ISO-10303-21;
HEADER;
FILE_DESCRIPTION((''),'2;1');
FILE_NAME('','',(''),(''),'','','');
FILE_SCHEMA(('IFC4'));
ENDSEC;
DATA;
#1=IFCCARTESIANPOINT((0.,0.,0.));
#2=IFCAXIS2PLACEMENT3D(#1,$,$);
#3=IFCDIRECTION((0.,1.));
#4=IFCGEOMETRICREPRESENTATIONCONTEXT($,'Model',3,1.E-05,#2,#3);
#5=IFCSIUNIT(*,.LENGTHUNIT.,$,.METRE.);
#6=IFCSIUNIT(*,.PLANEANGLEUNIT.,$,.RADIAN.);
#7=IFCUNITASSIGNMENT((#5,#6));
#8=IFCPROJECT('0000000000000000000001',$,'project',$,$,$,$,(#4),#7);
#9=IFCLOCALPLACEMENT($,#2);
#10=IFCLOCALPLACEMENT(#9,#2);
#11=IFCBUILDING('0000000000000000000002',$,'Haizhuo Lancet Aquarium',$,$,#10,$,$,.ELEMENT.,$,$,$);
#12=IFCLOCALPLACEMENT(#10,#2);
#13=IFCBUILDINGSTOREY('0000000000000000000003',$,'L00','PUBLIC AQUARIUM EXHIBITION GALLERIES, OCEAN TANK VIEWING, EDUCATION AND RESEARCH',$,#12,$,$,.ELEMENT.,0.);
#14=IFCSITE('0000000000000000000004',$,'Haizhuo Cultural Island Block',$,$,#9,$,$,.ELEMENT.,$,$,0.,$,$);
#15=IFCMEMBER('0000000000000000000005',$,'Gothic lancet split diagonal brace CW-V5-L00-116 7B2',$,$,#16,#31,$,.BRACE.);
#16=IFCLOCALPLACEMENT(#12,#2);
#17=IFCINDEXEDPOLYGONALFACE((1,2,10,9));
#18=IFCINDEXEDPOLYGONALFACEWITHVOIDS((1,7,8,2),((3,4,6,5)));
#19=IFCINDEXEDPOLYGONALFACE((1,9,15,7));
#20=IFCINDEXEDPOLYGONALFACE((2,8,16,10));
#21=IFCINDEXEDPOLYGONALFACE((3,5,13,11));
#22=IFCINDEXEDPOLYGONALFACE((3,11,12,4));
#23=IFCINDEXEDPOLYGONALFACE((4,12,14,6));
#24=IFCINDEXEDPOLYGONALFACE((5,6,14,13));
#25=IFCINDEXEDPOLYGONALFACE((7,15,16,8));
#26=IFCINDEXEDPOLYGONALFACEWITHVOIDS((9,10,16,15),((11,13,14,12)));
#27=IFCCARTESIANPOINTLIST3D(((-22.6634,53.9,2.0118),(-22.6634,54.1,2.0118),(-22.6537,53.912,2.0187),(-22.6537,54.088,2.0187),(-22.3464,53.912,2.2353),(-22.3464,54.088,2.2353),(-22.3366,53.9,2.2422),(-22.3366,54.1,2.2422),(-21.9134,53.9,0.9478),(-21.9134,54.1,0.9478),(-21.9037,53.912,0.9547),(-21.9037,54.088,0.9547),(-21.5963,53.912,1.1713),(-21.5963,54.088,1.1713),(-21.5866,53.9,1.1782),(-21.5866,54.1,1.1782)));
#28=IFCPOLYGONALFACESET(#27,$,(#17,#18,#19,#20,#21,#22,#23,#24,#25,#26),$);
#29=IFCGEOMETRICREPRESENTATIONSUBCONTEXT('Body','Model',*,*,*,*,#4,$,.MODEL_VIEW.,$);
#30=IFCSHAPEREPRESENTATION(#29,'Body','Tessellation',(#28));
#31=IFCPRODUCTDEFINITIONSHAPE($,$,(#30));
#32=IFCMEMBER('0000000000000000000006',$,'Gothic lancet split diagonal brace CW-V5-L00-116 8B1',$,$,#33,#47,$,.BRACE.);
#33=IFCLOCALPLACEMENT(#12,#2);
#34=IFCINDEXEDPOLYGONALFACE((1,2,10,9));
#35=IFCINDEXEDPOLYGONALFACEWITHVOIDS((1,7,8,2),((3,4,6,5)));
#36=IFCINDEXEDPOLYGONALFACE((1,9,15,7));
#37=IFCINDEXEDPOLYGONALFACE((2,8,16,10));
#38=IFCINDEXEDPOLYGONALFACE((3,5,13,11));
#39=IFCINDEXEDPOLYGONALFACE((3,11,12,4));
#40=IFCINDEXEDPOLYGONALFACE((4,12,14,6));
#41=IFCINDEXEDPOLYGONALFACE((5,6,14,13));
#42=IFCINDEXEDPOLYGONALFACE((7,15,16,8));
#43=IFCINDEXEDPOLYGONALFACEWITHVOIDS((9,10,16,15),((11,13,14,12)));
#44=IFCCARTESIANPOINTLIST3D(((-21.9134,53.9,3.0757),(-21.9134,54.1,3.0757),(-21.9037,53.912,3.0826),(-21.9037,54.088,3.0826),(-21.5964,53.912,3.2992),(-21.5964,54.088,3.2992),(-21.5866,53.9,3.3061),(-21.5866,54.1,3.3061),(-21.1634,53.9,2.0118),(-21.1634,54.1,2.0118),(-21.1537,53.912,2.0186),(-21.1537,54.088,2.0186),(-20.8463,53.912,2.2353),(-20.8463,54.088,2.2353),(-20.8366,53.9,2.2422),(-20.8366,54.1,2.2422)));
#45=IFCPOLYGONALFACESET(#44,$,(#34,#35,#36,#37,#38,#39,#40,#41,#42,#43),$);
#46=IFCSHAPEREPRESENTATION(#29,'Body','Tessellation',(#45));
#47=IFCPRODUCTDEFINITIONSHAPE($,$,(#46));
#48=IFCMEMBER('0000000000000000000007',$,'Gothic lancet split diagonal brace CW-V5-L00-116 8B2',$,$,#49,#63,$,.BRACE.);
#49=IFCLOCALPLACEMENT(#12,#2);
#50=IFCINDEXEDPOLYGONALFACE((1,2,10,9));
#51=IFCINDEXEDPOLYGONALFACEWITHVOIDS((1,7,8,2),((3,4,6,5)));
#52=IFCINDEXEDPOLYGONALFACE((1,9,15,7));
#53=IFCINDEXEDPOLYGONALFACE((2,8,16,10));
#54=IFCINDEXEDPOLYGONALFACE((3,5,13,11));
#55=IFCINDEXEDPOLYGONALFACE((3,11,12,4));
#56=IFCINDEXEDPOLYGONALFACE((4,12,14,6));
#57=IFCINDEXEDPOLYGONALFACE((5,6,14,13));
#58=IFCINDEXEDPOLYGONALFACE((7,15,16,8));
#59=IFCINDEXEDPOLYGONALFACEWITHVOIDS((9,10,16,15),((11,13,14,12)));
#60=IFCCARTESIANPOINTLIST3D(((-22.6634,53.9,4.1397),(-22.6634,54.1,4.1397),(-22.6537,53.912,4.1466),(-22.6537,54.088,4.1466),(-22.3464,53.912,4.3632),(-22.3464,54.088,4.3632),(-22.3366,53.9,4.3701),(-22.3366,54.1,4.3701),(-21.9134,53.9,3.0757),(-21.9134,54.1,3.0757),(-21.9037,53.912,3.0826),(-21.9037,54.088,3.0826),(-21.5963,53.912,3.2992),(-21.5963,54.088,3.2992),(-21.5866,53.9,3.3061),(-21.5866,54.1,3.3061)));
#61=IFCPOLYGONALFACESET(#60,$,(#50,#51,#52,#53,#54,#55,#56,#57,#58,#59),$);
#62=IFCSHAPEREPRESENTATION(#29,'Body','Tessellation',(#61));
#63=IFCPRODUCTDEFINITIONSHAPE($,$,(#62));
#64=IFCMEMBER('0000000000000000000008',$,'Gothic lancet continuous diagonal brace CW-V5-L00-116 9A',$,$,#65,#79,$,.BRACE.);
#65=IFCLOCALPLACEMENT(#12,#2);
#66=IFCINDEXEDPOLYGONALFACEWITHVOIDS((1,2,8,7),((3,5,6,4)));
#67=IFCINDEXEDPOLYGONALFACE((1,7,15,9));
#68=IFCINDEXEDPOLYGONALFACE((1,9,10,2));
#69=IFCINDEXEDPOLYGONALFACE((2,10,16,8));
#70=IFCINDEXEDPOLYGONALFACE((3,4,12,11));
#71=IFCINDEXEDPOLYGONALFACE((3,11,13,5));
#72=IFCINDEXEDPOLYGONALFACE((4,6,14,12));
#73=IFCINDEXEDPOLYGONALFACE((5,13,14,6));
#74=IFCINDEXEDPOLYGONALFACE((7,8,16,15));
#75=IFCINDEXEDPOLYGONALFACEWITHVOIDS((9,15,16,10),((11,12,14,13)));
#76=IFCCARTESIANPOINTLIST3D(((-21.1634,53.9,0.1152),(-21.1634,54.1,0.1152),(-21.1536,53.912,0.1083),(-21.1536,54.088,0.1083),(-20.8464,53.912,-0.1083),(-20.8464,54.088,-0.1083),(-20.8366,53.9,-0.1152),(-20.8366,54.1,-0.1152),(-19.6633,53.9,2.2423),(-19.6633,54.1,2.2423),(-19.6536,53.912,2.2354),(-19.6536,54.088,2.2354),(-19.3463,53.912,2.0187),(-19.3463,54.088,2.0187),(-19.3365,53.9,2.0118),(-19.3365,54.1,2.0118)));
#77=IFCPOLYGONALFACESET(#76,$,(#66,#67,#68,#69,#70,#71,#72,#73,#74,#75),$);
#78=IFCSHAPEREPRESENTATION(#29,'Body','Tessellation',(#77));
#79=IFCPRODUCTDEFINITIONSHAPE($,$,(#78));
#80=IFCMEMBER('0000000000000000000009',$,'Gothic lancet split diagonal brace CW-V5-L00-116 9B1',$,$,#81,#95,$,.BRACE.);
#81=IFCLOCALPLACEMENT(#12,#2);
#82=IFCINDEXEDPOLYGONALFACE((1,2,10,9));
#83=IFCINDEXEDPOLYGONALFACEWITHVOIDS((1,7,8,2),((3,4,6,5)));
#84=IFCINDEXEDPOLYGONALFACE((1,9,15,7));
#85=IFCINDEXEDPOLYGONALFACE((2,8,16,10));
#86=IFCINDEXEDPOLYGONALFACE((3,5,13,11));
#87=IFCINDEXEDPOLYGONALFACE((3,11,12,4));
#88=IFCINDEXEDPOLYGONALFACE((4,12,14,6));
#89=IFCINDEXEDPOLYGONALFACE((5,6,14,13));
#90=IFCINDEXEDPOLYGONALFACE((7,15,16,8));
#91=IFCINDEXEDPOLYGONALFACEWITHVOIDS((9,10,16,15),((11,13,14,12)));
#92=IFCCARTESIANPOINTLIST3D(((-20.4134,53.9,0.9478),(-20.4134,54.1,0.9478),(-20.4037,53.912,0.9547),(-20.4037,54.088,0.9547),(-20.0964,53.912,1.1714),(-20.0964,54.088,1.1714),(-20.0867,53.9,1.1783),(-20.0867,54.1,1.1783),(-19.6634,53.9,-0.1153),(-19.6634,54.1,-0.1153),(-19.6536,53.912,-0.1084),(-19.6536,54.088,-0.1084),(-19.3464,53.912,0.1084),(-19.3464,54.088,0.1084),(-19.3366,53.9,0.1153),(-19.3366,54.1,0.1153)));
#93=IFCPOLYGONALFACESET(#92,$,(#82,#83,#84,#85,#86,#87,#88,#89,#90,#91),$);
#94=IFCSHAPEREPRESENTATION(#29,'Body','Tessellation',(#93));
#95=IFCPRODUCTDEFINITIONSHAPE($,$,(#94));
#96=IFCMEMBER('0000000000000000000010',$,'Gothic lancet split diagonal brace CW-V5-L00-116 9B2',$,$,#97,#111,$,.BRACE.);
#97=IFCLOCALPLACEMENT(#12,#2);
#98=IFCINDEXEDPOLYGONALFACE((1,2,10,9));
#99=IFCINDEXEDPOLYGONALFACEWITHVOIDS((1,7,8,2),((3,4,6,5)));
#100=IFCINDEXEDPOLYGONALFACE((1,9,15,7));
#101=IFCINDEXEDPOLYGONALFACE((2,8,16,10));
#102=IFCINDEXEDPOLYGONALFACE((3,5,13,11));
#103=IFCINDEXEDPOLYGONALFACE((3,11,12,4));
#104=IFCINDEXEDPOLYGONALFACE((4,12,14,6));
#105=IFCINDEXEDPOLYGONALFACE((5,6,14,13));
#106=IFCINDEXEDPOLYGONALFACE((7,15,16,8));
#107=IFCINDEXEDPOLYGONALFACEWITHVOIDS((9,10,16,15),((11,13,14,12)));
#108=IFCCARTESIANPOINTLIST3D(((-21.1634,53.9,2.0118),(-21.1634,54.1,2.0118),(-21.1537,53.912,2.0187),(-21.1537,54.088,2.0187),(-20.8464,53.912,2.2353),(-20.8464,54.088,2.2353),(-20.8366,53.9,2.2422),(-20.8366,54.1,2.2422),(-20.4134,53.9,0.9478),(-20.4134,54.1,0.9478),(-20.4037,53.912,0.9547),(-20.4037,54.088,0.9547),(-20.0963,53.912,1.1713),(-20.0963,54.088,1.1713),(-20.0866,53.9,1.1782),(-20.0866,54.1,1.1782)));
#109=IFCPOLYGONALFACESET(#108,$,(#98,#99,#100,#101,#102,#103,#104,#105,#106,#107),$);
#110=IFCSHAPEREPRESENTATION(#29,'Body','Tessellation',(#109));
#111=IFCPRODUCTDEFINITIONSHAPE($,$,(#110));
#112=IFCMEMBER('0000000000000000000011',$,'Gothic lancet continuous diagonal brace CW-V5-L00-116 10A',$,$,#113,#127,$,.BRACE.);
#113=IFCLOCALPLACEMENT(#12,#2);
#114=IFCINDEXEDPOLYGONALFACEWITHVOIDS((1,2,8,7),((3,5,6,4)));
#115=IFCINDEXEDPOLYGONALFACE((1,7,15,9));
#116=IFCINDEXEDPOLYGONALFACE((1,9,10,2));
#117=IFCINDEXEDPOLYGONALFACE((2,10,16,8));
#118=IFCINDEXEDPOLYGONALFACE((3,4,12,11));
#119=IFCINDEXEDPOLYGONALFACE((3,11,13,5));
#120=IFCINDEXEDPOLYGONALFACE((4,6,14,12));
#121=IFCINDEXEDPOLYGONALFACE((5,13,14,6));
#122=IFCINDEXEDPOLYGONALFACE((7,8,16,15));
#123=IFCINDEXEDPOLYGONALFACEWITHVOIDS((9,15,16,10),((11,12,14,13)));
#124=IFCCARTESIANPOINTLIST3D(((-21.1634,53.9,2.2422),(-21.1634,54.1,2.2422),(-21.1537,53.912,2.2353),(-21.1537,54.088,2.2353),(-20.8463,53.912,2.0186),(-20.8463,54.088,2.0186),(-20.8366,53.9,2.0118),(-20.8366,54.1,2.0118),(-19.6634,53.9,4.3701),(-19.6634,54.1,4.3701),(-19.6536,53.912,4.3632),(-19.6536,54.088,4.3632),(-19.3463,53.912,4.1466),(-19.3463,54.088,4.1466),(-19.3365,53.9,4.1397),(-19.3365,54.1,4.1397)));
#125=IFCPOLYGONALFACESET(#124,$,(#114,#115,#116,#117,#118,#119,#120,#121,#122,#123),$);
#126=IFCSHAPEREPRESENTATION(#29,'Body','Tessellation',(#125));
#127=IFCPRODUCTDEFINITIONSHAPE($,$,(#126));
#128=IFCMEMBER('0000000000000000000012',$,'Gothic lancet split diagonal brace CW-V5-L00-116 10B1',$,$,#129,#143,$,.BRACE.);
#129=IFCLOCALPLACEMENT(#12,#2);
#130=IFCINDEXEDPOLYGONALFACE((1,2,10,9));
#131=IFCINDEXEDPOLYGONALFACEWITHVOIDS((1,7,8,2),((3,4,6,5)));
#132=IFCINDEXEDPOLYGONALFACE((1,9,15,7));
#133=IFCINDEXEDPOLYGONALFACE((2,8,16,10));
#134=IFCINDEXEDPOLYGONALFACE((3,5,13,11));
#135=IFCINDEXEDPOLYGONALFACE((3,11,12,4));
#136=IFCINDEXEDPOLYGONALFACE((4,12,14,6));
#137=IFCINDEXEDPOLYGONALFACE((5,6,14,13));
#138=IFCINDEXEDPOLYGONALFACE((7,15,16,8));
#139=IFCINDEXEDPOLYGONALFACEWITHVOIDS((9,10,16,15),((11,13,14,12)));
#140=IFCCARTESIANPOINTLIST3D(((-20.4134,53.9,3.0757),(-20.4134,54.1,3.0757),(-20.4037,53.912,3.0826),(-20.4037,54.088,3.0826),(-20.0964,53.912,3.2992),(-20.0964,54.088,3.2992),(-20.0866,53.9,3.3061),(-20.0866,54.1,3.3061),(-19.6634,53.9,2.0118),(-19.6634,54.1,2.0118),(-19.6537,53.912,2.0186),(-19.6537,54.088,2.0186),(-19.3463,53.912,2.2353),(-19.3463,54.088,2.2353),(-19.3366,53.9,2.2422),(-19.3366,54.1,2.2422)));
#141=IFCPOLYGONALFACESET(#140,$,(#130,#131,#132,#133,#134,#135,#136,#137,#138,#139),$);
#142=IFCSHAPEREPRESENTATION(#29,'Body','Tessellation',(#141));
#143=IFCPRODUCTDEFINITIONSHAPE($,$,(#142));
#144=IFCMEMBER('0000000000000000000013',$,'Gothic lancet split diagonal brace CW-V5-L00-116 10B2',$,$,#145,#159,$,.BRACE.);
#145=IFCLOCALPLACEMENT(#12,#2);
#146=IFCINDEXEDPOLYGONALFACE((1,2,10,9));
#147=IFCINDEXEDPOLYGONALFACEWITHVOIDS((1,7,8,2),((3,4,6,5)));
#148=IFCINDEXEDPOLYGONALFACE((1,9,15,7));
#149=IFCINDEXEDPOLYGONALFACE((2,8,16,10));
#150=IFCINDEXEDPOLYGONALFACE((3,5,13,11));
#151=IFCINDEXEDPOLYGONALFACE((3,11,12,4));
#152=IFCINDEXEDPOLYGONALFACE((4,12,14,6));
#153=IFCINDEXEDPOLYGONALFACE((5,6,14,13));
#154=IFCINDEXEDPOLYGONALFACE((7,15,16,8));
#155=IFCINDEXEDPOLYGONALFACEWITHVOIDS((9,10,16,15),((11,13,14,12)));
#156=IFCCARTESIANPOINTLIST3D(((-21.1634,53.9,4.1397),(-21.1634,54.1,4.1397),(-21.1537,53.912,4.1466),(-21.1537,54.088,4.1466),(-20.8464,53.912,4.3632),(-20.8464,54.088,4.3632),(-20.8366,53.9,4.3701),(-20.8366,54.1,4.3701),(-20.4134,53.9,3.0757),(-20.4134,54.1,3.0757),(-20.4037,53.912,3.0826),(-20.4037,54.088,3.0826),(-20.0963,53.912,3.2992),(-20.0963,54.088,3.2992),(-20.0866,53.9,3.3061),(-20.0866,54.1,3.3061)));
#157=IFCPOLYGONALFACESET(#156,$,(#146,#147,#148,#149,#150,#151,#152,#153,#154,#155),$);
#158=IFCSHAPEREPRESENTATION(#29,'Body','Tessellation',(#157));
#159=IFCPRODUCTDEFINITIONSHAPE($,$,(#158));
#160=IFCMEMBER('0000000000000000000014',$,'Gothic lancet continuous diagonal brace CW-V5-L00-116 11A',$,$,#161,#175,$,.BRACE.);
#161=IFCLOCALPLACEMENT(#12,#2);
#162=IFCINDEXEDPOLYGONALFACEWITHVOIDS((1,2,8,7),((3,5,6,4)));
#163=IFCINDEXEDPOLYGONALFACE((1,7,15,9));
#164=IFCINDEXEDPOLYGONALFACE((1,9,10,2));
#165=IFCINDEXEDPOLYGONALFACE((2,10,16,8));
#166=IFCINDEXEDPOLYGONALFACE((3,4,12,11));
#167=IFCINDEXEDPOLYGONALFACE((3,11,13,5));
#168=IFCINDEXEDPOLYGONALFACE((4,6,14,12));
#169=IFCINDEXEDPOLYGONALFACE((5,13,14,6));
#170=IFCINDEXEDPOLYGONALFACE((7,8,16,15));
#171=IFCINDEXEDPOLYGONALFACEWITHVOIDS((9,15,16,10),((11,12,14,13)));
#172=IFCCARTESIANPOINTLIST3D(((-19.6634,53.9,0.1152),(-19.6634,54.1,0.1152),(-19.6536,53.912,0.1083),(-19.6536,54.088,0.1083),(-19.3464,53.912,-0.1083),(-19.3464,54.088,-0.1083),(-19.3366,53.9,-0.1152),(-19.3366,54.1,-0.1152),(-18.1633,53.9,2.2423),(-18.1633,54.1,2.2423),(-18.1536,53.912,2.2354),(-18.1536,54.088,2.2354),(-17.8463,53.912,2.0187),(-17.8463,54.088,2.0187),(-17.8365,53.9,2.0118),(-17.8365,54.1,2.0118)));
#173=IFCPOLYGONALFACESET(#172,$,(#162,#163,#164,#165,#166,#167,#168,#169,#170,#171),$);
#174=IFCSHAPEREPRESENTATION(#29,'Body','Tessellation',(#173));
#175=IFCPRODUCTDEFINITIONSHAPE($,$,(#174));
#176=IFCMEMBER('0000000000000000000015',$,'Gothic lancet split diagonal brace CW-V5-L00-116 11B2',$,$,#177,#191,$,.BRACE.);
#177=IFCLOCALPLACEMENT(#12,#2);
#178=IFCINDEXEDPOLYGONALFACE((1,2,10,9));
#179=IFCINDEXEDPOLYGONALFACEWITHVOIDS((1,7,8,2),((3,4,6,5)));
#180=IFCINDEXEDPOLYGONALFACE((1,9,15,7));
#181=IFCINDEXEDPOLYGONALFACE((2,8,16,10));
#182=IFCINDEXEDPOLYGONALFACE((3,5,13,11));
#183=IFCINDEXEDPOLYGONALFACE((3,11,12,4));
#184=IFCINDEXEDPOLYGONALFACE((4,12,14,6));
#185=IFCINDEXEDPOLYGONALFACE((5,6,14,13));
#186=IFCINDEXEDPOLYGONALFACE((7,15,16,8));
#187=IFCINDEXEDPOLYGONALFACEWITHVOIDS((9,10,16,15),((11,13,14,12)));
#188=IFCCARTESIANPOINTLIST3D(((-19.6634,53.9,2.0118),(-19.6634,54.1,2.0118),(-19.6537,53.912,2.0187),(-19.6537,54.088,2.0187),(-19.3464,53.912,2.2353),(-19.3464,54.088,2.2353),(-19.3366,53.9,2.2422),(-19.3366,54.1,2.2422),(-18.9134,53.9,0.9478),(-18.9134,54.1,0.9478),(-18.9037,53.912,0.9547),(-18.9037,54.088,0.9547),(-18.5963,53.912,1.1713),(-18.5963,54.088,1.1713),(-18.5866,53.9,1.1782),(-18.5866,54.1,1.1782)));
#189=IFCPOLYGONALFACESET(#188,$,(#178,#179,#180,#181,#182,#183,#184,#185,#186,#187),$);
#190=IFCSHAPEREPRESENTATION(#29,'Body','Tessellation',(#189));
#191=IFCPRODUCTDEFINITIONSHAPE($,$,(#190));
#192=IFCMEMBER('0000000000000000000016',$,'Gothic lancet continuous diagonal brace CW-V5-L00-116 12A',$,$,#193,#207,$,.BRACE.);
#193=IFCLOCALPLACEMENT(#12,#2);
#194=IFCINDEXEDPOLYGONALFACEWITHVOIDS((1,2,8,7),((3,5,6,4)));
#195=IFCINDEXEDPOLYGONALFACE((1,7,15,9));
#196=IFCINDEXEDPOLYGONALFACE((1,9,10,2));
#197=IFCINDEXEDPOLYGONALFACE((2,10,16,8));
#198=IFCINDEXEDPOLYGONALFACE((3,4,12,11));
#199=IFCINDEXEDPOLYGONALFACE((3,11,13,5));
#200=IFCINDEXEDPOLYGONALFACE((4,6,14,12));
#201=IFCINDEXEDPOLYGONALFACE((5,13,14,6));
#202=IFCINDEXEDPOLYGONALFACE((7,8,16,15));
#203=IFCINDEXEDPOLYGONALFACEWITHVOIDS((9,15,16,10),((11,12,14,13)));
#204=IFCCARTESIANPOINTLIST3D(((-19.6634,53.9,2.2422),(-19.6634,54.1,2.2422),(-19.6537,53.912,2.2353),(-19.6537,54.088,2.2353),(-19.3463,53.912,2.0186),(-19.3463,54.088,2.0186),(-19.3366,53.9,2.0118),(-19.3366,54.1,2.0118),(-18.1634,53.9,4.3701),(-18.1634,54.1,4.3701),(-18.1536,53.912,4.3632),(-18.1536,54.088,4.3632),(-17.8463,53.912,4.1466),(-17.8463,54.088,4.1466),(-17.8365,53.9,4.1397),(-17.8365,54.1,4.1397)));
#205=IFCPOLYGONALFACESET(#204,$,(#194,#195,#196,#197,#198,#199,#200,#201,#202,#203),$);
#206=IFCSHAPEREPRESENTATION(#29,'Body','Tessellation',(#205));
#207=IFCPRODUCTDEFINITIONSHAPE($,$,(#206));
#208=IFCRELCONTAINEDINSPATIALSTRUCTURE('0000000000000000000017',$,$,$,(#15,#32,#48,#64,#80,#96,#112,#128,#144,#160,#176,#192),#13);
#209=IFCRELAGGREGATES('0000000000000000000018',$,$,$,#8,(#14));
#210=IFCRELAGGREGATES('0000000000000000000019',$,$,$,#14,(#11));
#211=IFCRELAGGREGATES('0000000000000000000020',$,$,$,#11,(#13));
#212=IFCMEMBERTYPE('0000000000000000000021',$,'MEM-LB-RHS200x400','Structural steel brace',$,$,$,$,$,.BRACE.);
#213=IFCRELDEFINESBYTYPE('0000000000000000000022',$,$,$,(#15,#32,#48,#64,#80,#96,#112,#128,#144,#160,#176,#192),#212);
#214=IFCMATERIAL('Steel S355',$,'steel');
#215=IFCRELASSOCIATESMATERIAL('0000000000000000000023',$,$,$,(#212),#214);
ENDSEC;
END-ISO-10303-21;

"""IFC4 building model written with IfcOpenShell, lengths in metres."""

from ifc_helpers import new_model, si_unit, direction, frame, origin, origin_2d, place, context, subcontext, project, spatial, hollow_rectangle, extrude, material, material_profile, profile_set, type_object, element, save


model = new_model("IFC4")

# Units and contexts
model_context = context("Model", 3, precision=1e-05, world=origin(), true_north=direction((0.0, 1.0)))
body_context = subcontext(model_context, "Body", "Model", "MODEL_VIEW")
ifc_project = project(units=[si_unit("LENGTHUNIT", "METRE"), si_unit("PLANEANGLEUNIT", "RADIAN")], contexts=[model_context])

# Site, building, storey
site_placement = place(None, origin())
site = spatial("IfcSite", under=ifc_project, at=site_placement, Name="Haizhuo Cultural Island Block", CompositionType="ELEMENT", RefElevation=0.0)
building_placement = place(site_placement, origin())
building = spatial("IfcBuilding", under=site, at=building_placement, Name="Haizhuo Lancet Aquarium", CompositionType="ELEMENT")
storey_placement = place(building_placement, origin())
storey = spatial("IfcBuildingStorey", under=building, at=storey_placement, Name="L00", Description="PUBLIC AQUARIUM EXHIBITION GALLERIES, OCEAN TANK VIEWING, EDUCATION AND RESEARCH", CompositionType="ELEMENT", Elevation=0.0)

# Members
ifc_material_1 = material(Name="Steel S355", Category="steel")
ifc_material_profile_1 = material_profile(ifc_material_1, hollow_rectangle(XDim=0.2, YDim=0.3999, WallThickness=0.012, at=origin_2d()), Name="RHS 200x400x12")
ifc_profile_set_1 = profile_set([ifc_material_profile_1], Name="Steel S355")
member_type_1 = type_object("IfcMemberType", Name="MEM-LB-RHS200x400", Description="Structural steel brace", PredefinedType="BRACE", material=ifc_profile_set_1)
for number, where, z_axis, x_axis, name in (
    (1, (-21.75, 54.0, 1.063), (-0.576153, 0.0, 0.817342), (0.0, -1.0, 0.0), "Gothic lancet split diagonal brace CW-V5-L00-116 7B2"),
    (2, (-21.0, 54.0, 2.127), (-0.576153, 0.0, 0.817342), (0.0, -1.0, 0.0), "Gothic lancet split diagonal brace CW-V5-L00-116 8B1"),
    (3, (-21.75, 54.0, 3.1909), (-0.576153, 0.0, 0.817342), (0.0, -1.0, 0.0), "Gothic lancet split diagonal brace CW-V5-L00-116 8B2"),
):
    element("IfcMember", number, at=place(storey_placement, frame(where, z_axis=z_axis, x_axis=x_axis)), inside=storey, type_object=member_type_1, Name=name, PredefinedType="BRACE", context=body_context, shape_type="SweptSolid", body=[
        extrude(hollow_rectangle(XDim=0.2, YDim=0.3999, WallThickness=0.012, at=origin_2d()), origin(), (0.0, 0.0, 1.0), 1.3018),
    ])
member_1_placement = place(storey_placement, frame((-21.0, 54.0, 0.0), z_axis=(0.57633, 0.0, 0.817217), x_axis=(0.0, 1.0, 0.0)))
element("IfcMember", 4, at=member_1_placement, inside=storey, type_object=member_type_1, Name="Gothic lancet continuous diagonal brace CW-V5-L00-116 9A", PredefinedType="BRACE", context=body_context, shape_type="SweptSolid", body=[
    extrude(hollow_rectangle(XDim=0.2, YDim=0.3999, WallThickness=0.012, at=origin_2d()), origin(), (0.0, 0.0, 1.0), 2.6028),
])
member_2_placement = place(storey_placement, frame((-19.5, 54.0, 0.0), z_axis=(-0.576506, 0.0, 0.817093), x_axis=(0.0, -1.0, 0.0)))
element("IfcMember", 5, at=member_2_placement, inside=storey, type_object=member_type_1, Name="Gothic lancet split diagonal brace CW-V5-L00-116 9B1", PredefinedType="BRACE", context=body_context, shape_type="SweptSolid", body=[
    extrude(hollow_rectangle(XDim=0.2, YDim=0.3999, WallThickness=0.012, at=origin_2d()), origin(), (0.0, 0.0, 1.0), 1.301),
])
member_3_placement = place(storey_placement, frame((-20.25, 54.0, 1.063), z_axis=(-0.576153, 0.0, 0.817342), x_axis=(0.0, -1.0, 0.0)))
element("IfcMember", 6, at=member_3_placement, inside=storey, type_object=member_type_1, Name="Gothic lancet split diagonal brace CW-V5-L00-116 9B2", PredefinedType="BRACE", context=body_context, shape_type="SweptSolid", body=[
    extrude(hollow_rectangle(XDim=0.2, YDim=0.3999, WallThickness=0.012, at=origin_2d()), origin(), (0.0, 0.0, 1.0), 1.3018),
])
member_4_placement = place(storey_placement, frame((-21.0, 54.0, 2.127), z_axis=(0.576153, 0.0, 0.817342), x_axis=(0.0, 1.0, 0.0)))
element("IfcMember", 7, at=member_4_placement, inside=storey, type_object=member_type_1, Name="Gothic lancet continuous diagonal brace CW-V5-L00-116 10A", PredefinedType="BRACE", context=body_context, shape_type="SweptSolid", body=[
    extrude(hollow_rectangle(XDim=0.2, YDim=0.3999, WallThickness=0.012, at=origin_2d()), origin(), (0.0, 0.0, 1.0), 2.6035),
])
for number, where, z_axis, x_axis, name in (
    (8, (-19.5, 54.0, 2.127), (-0.576153, 0.0, 0.817342), (0.0, -1.0, 0.0), "Gothic lancet split diagonal brace CW-V5-L00-116 10B1"),
    (9, (-20.25, 54.0, 3.1909), (-0.576153, 0.0, 0.817342), (0.0, -1.0, 0.0), "Gothic lancet split diagonal brace CW-V5-L00-116 10B2"),
):
    element("IfcMember", number, at=place(storey_placement, frame(where, z_axis=z_axis, x_axis=x_axis)), inside=storey, type_object=member_type_1, Name=name, PredefinedType="BRACE", context=body_context, shape_type="SweptSolid", body=[
        extrude(hollow_rectangle(XDim=0.2, YDim=0.3999, WallThickness=0.012, at=origin_2d()), origin(), (0.0, 0.0, 1.0), 1.3018),
    ])
member_5_placement = place(storey_placement, frame((-19.5, 54.0, 0.0), z_axis=(0.57633, 0.0, 0.817217), x_axis=(0.0, 1.0, 0.0)))
element("IfcMember", 10, at=member_5_placement, inside=storey, type_object=member_type_1, Name="Gothic lancet continuous diagonal brace CW-V5-L00-116 11A", PredefinedType="BRACE", context=body_context, shape_type="SweptSolid", body=[
    extrude(hollow_rectangle(XDim=0.2, YDim=0.3999, WallThickness=0.012, at=origin_2d()), origin(), (0.0, 0.0, 1.0), 2.6028),
])
member_6_placement = place(storey_placement, frame((-18.75, 54.0, 1.063), z_axis=(-0.576153, 0.0, 0.817342), x_axis=(0.0, -1.0, 0.0)))
element("IfcMember", 11, at=member_6_placement, inside=storey, type_object=member_type_1, Name="Gothic lancet split diagonal brace CW-V5-L00-116 11B2", PredefinedType="BRACE", context=body_context, shape_type="SweptSolid", body=[
    extrude(hollow_rectangle(XDim=0.2, YDim=0.3999, WallThickness=0.012, at=origin_2d()), origin(), (0.0, 0.0, 1.0), 1.3018),
])
member_7_placement = place(storey_placement, frame((-19.5, 54.0, 2.127), z_axis=(0.576153, 0.0, 0.817342), x_axis=(0.0, 1.0, 0.0)))
element("IfcMember", 12, at=member_7_placement, inside=storey, type_object=member_type_1, Name="Gothic lancet continuous diagonal brace CW-V5-L00-116 12A", PredefinedType="BRACE", context=body_context, shape_type="SweptSolid", body=[
    extrude(hollow_rectangle(XDim=0.2, YDim=0.3999, WallThickness=0.012, at=origin_2d()), origin(), (0.0, 0.0, 1.0), 2.6035),
])

save(model, "model.ifc")
